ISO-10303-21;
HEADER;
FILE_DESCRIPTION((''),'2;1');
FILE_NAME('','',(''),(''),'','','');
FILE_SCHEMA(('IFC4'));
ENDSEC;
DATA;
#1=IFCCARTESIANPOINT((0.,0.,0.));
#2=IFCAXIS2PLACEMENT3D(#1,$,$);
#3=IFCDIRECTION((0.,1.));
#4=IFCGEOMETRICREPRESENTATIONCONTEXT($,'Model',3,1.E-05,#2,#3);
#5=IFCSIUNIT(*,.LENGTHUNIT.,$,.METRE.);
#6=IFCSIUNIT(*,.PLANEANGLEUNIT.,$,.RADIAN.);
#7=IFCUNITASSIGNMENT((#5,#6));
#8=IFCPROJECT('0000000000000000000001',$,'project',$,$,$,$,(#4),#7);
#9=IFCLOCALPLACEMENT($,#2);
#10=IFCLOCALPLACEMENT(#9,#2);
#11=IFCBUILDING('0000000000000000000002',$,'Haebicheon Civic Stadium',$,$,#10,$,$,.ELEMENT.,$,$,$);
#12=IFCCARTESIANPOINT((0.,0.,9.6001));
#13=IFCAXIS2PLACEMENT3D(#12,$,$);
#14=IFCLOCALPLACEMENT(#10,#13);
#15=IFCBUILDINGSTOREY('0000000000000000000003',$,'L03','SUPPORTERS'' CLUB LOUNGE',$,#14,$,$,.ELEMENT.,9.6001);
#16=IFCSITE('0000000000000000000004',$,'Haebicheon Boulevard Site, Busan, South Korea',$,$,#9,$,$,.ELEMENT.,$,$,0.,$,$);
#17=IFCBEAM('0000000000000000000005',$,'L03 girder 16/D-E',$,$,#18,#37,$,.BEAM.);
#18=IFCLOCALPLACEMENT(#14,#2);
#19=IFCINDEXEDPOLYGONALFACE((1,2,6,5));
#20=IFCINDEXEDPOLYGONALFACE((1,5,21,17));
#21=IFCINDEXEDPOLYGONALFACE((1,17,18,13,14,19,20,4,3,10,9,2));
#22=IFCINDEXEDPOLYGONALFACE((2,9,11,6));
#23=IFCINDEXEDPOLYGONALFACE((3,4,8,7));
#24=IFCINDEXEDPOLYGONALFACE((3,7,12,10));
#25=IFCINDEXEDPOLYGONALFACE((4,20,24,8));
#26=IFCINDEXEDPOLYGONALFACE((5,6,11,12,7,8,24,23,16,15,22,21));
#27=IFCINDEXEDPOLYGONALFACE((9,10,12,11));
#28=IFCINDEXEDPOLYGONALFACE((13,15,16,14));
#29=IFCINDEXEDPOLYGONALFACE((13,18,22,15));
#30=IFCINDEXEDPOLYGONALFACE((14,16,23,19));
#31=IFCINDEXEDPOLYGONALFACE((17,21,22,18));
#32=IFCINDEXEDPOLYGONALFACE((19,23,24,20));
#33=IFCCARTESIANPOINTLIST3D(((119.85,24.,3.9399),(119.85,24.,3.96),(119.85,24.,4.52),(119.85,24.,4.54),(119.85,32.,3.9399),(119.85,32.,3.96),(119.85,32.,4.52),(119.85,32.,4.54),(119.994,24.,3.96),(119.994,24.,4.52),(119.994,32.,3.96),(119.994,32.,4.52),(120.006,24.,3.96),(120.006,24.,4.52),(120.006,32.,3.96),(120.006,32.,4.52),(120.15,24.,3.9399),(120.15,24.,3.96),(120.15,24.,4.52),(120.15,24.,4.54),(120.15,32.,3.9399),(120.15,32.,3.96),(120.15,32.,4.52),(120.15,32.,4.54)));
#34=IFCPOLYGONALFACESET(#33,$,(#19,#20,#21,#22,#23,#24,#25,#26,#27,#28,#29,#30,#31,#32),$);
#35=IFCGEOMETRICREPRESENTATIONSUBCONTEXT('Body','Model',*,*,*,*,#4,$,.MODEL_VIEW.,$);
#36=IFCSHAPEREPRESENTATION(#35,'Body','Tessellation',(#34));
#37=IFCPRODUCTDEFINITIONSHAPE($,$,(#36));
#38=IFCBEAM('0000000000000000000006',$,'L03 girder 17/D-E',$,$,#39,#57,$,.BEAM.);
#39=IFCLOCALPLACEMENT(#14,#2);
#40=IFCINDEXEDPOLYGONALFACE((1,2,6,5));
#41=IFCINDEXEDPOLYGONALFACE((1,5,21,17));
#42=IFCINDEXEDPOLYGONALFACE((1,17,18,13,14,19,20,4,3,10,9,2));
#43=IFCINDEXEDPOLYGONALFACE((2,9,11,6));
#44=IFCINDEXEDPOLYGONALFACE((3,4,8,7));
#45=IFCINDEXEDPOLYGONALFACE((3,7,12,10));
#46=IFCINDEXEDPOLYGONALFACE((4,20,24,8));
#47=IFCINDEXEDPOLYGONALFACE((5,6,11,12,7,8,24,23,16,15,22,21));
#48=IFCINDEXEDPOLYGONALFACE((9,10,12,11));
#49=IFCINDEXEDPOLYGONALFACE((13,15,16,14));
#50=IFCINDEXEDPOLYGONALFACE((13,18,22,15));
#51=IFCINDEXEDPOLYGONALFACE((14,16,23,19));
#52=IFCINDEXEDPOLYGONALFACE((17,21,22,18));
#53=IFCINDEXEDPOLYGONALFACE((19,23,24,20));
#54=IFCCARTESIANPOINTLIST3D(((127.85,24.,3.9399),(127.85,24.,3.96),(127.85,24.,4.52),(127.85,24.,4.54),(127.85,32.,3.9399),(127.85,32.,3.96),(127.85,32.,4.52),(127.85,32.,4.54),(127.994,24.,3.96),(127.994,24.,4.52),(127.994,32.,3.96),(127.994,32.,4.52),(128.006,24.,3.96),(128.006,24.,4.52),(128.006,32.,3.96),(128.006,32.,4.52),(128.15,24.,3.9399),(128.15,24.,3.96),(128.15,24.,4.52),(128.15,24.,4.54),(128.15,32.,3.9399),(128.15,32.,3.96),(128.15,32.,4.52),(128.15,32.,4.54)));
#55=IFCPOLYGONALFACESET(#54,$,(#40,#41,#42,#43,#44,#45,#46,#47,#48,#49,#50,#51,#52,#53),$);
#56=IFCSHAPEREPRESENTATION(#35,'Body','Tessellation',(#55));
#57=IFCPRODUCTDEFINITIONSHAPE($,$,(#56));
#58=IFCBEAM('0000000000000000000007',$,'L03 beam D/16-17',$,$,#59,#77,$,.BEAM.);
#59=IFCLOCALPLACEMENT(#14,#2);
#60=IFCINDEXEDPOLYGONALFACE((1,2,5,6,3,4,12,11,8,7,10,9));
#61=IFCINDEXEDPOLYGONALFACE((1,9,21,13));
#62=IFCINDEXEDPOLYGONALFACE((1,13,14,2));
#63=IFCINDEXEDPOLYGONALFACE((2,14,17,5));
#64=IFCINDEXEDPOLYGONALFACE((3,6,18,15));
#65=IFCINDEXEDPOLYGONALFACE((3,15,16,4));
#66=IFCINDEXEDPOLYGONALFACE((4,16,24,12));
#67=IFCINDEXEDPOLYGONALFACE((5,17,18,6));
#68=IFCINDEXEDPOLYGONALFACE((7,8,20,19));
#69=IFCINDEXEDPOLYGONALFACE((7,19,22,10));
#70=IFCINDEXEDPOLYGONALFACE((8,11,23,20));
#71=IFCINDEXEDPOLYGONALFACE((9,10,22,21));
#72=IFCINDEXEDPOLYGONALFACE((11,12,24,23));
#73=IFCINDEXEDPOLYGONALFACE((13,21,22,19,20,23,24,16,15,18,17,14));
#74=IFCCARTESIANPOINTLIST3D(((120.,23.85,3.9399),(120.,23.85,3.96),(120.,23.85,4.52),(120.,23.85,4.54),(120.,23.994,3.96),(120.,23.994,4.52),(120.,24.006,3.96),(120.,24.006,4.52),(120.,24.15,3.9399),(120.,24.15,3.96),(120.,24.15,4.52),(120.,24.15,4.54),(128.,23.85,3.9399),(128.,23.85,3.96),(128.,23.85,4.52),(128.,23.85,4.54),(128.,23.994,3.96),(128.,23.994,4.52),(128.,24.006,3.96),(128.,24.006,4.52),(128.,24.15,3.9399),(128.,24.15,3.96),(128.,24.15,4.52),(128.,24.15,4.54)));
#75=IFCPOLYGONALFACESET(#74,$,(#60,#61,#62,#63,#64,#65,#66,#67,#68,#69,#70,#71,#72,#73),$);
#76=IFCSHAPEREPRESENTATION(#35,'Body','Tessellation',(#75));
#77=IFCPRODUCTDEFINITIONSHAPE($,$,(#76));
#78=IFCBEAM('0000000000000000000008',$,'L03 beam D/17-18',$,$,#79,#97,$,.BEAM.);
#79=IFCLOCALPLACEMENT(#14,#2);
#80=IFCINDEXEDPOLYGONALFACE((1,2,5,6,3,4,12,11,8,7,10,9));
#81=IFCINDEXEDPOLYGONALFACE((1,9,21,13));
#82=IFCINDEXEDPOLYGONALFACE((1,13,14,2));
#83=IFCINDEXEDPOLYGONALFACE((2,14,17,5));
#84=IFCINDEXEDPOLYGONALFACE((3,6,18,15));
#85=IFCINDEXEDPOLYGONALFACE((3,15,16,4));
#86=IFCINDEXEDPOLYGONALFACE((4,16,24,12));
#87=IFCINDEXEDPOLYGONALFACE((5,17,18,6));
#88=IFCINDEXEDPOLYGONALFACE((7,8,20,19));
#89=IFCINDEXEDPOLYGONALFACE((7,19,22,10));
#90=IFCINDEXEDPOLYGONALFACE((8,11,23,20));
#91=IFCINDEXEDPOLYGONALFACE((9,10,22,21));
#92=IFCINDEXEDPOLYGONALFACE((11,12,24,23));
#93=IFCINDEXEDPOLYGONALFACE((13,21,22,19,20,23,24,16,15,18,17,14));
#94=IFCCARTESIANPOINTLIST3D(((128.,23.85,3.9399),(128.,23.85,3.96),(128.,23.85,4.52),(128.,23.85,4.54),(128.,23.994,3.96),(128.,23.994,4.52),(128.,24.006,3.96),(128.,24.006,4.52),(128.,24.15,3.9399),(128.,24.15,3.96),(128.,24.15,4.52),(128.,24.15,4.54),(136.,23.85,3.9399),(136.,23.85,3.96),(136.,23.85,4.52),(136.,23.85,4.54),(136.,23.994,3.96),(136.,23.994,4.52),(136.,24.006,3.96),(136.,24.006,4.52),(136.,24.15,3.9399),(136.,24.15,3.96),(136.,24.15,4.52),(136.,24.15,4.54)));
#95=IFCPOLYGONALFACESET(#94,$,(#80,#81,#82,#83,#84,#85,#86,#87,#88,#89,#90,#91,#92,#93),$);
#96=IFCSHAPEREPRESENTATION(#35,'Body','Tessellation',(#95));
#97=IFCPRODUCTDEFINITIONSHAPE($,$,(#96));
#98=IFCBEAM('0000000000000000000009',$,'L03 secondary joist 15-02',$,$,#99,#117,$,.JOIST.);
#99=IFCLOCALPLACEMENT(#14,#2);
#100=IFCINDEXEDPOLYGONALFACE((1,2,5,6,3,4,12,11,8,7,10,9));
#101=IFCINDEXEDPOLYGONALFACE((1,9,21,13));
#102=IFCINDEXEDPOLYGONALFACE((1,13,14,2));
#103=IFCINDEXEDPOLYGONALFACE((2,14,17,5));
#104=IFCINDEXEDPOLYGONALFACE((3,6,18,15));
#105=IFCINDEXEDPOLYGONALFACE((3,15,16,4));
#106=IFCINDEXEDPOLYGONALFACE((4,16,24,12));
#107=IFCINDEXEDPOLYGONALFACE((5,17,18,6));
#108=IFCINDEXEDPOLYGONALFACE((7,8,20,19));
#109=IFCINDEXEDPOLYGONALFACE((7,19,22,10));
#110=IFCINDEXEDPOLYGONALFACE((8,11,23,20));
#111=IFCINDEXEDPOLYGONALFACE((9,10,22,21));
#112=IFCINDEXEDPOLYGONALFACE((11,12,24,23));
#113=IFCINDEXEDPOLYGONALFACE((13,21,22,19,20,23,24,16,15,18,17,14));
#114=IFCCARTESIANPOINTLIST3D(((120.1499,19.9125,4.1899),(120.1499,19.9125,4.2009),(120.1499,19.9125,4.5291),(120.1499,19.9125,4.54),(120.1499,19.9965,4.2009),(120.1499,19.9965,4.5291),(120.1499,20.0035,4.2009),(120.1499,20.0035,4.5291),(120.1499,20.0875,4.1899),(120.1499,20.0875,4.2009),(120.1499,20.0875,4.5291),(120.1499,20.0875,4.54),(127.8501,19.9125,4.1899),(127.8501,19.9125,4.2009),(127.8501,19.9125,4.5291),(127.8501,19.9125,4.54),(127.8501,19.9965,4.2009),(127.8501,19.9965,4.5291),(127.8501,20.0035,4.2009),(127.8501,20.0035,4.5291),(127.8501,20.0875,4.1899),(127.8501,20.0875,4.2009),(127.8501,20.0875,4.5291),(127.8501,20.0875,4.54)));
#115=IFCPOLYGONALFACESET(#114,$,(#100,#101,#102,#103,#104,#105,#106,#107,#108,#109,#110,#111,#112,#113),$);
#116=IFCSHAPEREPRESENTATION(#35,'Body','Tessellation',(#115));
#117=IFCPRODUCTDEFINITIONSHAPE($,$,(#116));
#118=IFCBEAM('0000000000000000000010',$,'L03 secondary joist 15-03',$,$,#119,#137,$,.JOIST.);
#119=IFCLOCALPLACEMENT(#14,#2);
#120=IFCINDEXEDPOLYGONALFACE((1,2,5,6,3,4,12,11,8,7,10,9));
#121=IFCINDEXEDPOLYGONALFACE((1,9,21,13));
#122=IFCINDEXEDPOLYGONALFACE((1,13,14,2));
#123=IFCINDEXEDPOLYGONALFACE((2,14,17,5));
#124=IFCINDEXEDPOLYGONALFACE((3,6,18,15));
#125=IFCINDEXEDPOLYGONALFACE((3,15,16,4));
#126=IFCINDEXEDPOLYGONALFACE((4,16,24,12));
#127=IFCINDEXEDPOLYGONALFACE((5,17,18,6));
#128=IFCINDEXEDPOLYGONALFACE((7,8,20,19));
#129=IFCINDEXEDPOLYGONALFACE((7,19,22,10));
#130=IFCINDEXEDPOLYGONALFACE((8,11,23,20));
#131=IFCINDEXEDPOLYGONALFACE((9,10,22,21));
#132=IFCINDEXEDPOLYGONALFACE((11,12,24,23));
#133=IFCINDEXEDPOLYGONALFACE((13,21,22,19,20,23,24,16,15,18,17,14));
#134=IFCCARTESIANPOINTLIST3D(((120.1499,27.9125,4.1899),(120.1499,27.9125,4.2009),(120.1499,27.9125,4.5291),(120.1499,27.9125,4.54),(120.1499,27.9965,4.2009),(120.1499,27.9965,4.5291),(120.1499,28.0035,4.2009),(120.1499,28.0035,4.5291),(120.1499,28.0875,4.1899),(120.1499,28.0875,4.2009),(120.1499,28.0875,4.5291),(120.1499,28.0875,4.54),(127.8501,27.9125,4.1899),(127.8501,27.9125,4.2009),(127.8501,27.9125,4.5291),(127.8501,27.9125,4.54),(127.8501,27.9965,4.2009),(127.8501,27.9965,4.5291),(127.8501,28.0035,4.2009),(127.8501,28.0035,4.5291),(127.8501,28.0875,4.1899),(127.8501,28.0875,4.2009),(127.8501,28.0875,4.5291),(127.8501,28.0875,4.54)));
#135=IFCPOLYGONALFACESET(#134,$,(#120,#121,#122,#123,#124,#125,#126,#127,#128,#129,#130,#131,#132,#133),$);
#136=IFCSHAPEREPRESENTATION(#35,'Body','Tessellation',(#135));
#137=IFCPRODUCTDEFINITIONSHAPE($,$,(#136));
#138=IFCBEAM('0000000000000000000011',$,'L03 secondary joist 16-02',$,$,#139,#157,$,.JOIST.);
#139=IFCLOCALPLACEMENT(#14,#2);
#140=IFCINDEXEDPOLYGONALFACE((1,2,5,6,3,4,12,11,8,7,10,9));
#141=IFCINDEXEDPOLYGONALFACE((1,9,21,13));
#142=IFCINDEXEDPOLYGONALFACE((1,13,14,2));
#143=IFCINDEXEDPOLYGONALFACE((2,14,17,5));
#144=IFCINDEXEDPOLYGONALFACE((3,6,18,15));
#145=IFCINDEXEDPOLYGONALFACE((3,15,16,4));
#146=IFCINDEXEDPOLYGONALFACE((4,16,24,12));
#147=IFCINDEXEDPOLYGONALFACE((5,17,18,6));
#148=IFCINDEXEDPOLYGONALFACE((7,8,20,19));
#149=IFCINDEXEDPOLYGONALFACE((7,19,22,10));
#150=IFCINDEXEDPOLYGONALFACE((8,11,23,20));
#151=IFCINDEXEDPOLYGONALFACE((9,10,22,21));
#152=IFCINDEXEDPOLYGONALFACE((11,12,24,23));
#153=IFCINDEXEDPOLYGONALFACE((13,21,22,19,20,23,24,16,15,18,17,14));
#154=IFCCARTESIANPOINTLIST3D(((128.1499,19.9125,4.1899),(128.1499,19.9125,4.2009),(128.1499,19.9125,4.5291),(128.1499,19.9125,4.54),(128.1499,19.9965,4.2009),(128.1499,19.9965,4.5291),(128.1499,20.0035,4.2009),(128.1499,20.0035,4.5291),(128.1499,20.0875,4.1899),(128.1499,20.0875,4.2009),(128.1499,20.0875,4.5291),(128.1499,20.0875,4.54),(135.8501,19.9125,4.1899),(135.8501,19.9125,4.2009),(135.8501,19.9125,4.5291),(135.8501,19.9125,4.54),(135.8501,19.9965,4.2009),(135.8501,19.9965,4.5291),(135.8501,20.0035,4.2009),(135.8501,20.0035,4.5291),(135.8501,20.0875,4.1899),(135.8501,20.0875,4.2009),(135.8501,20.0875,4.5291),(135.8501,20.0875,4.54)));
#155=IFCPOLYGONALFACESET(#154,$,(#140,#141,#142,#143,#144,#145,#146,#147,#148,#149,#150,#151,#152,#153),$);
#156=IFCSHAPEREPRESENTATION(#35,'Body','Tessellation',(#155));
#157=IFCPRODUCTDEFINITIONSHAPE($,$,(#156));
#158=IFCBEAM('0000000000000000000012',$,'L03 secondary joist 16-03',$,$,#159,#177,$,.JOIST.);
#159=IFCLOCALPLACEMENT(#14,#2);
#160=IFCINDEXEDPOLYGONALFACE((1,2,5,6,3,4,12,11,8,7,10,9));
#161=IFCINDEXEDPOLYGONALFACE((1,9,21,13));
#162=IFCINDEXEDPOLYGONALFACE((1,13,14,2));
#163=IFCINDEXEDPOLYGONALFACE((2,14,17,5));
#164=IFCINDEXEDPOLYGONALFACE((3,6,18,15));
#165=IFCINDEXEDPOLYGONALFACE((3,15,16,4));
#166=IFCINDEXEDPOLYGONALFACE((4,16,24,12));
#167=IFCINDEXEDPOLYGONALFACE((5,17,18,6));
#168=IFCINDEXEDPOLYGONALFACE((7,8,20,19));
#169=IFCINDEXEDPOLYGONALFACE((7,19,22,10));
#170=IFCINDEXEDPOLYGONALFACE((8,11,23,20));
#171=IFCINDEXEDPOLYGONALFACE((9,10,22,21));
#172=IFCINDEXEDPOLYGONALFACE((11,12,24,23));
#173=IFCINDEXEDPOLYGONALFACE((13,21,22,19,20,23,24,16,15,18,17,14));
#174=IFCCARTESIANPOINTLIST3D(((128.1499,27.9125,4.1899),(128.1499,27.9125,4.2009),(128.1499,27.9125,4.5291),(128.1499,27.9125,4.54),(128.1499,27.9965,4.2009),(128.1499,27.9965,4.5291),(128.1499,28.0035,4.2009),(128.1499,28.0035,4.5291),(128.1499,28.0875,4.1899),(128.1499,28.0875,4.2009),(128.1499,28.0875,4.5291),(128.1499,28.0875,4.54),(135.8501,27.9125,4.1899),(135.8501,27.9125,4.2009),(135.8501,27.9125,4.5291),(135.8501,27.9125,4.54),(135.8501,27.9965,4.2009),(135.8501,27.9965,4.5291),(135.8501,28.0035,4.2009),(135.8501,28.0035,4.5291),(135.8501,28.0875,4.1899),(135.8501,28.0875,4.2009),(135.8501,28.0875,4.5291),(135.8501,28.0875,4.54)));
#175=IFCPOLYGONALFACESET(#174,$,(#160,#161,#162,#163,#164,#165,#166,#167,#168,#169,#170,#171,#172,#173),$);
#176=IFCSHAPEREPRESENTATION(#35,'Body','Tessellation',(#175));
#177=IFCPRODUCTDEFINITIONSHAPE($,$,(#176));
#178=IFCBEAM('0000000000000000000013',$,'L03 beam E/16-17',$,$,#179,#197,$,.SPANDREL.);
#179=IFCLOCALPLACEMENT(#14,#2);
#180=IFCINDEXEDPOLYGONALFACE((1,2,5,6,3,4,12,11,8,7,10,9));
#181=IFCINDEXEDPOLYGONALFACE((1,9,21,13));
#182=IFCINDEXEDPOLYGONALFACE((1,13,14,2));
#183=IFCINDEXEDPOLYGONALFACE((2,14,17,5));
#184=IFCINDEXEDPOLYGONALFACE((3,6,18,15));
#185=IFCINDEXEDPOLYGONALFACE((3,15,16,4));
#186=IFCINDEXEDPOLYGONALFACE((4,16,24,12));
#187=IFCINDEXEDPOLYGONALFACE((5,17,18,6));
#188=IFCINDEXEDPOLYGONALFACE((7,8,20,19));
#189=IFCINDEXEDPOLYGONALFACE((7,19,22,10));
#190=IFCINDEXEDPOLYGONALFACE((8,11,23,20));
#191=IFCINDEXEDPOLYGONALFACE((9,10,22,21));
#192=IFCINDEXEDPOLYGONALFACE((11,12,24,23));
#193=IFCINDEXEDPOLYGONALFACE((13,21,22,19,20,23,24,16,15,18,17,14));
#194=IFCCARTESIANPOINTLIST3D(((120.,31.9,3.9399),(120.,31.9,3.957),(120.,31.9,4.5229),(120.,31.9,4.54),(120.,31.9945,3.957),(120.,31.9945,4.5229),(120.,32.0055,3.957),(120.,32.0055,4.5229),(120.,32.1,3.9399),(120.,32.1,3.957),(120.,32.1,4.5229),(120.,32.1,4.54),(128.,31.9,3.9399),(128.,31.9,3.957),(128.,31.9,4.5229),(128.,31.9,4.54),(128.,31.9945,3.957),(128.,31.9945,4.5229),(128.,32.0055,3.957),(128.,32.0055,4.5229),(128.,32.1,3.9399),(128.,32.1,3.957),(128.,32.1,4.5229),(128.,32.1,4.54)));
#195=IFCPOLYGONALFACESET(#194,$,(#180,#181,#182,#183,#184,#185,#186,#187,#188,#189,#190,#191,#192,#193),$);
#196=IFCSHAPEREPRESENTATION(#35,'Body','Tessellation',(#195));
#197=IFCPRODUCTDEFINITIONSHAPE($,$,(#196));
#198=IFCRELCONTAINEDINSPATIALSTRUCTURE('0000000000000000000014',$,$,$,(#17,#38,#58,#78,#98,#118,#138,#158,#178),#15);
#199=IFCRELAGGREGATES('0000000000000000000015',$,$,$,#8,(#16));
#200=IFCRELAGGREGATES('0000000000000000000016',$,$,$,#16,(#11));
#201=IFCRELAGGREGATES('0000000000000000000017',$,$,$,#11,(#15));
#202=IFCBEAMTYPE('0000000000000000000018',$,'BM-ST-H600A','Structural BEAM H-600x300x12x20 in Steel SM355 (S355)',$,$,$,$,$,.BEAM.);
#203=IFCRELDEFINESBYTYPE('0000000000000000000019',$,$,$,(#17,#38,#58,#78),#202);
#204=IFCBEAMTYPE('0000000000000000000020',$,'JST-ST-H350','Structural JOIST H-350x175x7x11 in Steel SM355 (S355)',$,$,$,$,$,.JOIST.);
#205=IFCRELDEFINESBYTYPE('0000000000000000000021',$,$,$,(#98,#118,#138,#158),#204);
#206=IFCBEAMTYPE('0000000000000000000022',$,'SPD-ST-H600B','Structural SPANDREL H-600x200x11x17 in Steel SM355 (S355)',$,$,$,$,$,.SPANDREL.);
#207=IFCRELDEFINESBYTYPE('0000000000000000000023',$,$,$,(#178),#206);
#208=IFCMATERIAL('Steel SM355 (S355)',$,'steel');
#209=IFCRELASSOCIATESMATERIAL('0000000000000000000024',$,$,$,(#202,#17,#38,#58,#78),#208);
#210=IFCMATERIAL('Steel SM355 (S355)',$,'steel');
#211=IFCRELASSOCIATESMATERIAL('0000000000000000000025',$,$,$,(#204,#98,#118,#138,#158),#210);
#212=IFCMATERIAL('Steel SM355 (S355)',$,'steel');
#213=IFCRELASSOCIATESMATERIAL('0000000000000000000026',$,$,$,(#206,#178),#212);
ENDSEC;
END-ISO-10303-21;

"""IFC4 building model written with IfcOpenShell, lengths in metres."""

from ifc_helpers import new_model, si_unit, direction, frame, origin, origin_2d, place, context, subcontext, project, spatial, i_section, extrude, material, material_profile, profile_set, type_object, element, save


model = new_model("IFC4")

# Units and contexts
model_context = context("Model", 3, precision=1e-05, world=origin(), true_north=direction((0.0, 1.0)))
body_context = subcontext(model_context, "Body", "Model", "MODEL_VIEW")
ifc_project = project(units=[si_unit("LENGTHUNIT", "METRE"), si_unit("PLANEANGLEUNIT", "RADIAN")], contexts=[model_context])

# Site, building, storey
site_placement = place(None, origin())
site = spatial("IfcSite", under=ifc_project, at=site_placement, Name="Haebicheon Boulevard Site, Busan, South Korea", CompositionType="ELEMENT", RefElevation=0.0)
building_placement = place(site_placement, origin())
building = spatial("IfcBuilding", under=site, at=building_placement, Name="Haebicheon Civic Stadium", CompositionType="ELEMENT")
storey_placement = place(building_placement, frame((0.0, 0.0, 9.6001)))
storey = spatial("IfcBuildingStorey", under=building, at=storey_placement, Name="L03", Description="SUPPORTERS' CLUB LOUNGE", CompositionType="ELEMENT", Elevation=9.6001)

# Beams
ifc_material_1 = material(Name="Steel SM355 (S355)", Category="steel")
ifc_material_profile_1 = material_profile(ifc_material_1, i_section(OverallWidth=0.3, OverallDepth=0.6001, WebThickness=0.012, FlangeThickness=0.02, at=origin_2d()), Name="H-600x300x12x20")
ifc_profile_set_1 = profile_set([ifc_material_profile_1], Name="Steel SM355 (S355)")
beam_type_1 = type_object("IfcBeamType", Name="BM-ST-H600A", Description="Structural BEAM H-600x300x12x20 in Steel SM355 (S355)", PredefinedType="BEAM", material=ifc_profile_set_1)
for number, where, z_axis, x_axis, name in (
    (1, (120.0, 24.0, 4.24), (0.0, 1.0, 0.0), (-1.0, 0.0, 0.0), "L03 girder 16/D-E"),
    (2, (128.0, 24.0, 4.24), (0.0, 1.0, 0.0), (-1.0, 0.0, 0.0), "L03 girder 17/D-E"),
    (3, (120.0, 24.0, 4.24), (1.0, 0.0, 0.0), (0.0, 1.0, 0.0), "L03 beam D/16-17"),
    (4, (128.0, 24.0, 4.24), (1.0, 0.0, 0.0), (0.0, 1.0, 0.0), "L03 beam D/17-18"),
):
    element("IfcBeam", number, at=place(storey_placement, frame(where, z_axis=z_axis, x_axis=x_axis)), inside=storey, type_object=beam_type_1, material=ifc_profile_set_1, Name=name, PredefinedType="BEAM", context=body_context, shape_type="SweptSolid", body=[
        extrude(i_section(OverallWidth=0.3, OverallDepth=0.6001, WebThickness=0.012, FlangeThickness=0.02, at=origin_2d()), origin(), (0.0, 0.0, 1.0), 8.0),
    ])
ifc_material_2 = material(Name="Steel SM355 (S355)", Category="steel")
ifc_material_profile_2 = material_profile(ifc_material_2, i_section(OverallWidth=0.175, OverallDepth=0.3501, WebThickness=0.0071, FlangeThickness=0.011, at=origin_2d()), Name="H-350x175x7x11")
ifc_profile_set_2 = profile_set([ifc_material_profile_2], Name="Steel SM355 (S355)")
beam_type_2 = type_object("IfcBeamType", Name="JST-ST-H350", Description="Structural JOIST H-350x175x7x11 in Steel SM355 (S355)", PredefinedType="JOIST", material=ifc_profile_set_2)
for number, where, z_axis, x_axis, name in (
    (5, (120.1499, 20.0, 4.365), (1.0, 0.0, 0.0), (0.0, 1.0, 0.0), "L03 secondary joist 15-02"),
    (6, (120.1499, 28.0, 4.365), (1.0, 0.0, 0.0), (0.0, 1.0, 0.0), "L03 secondary joist 15-03"),
    (7, (128.1499, 20.0, 4.365), (1.0, 0.0, 0.0), (0.0, 1.0, 0.0), "L03 secondary joist 16-02"),
    (8, (128.1499, 28.0, 4.365), (1.0, 0.0, 0.0), (0.0, 1.0, 0.0), "L03 secondary joist 16-03"),
):
    element("IfcBeam", number, at=place(storey_placement, frame(where, z_axis=z_axis, x_axis=x_axis)), inside=storey, type_object=beam_type_2, material=ifc_profile_set_2, Name=name, PredefinedType="JOIST", context=body_context, shape_type="SweptSolid", body=[
        extrude(i_section(OverallWidth=0.175, OverallDepth=0.3501, WebThickness=0.0071, FlangeThickness=0.011, at=origin_2d()), origin(), (0.0, 0.0, 1.0), 7.7002),
    ])
ifc_material_3 = material(Name="Steel SM355 (S355)", Category="steel")
ifc_material_profile_3 = material_profile(ifc_material_3, i_section(OverallWidth=0.2, OverallDepth=0.6001, WebThickness=0.011, FlangeThickness=0.0171, at=origin_2d()), Name="H-600x200x11x17")
ifc_profile_set_3 = profile_set([ifc_material_profile_3], Name="Steel SM355 (S355)")
beam_type_3 = type_object("IfcBeamType", Name="SPD-ST-H600B", Description="Structural SPANDREL H-600x200x11x17 in Steel SM355 (S355)", PredefinedType="SPANDREL", material=ifc_profile_set_3)
for number, where, z_axis, x_axis, name in (
    (9, (120.0, 32.0, 4.24), (1.0, 0.0, 0.0), (0.0, 1.0, 0.0), "L03 beam E/16-17"),
):
    element("IfcBeam", number, at=place(storey_placement, frame(where, z_axis=z_axis, x_axis=x_axis)), inside=storey, type_object=beam_type_3, material=ifc_profile_set_3, Name=name, PredefinedType="SPANDREL", context=body_context, shape_type="SweptSolid", body=[
        extrude(i_section(OverallWidth=0.2, OverallDepth=0.6001, WebThickness=0.011, FlangeThickness=0.0171, at=origin_2d()), origin(), (0.0, 0.0, 1.0), 8.0),
    ])

save(model, "model.ifc")
